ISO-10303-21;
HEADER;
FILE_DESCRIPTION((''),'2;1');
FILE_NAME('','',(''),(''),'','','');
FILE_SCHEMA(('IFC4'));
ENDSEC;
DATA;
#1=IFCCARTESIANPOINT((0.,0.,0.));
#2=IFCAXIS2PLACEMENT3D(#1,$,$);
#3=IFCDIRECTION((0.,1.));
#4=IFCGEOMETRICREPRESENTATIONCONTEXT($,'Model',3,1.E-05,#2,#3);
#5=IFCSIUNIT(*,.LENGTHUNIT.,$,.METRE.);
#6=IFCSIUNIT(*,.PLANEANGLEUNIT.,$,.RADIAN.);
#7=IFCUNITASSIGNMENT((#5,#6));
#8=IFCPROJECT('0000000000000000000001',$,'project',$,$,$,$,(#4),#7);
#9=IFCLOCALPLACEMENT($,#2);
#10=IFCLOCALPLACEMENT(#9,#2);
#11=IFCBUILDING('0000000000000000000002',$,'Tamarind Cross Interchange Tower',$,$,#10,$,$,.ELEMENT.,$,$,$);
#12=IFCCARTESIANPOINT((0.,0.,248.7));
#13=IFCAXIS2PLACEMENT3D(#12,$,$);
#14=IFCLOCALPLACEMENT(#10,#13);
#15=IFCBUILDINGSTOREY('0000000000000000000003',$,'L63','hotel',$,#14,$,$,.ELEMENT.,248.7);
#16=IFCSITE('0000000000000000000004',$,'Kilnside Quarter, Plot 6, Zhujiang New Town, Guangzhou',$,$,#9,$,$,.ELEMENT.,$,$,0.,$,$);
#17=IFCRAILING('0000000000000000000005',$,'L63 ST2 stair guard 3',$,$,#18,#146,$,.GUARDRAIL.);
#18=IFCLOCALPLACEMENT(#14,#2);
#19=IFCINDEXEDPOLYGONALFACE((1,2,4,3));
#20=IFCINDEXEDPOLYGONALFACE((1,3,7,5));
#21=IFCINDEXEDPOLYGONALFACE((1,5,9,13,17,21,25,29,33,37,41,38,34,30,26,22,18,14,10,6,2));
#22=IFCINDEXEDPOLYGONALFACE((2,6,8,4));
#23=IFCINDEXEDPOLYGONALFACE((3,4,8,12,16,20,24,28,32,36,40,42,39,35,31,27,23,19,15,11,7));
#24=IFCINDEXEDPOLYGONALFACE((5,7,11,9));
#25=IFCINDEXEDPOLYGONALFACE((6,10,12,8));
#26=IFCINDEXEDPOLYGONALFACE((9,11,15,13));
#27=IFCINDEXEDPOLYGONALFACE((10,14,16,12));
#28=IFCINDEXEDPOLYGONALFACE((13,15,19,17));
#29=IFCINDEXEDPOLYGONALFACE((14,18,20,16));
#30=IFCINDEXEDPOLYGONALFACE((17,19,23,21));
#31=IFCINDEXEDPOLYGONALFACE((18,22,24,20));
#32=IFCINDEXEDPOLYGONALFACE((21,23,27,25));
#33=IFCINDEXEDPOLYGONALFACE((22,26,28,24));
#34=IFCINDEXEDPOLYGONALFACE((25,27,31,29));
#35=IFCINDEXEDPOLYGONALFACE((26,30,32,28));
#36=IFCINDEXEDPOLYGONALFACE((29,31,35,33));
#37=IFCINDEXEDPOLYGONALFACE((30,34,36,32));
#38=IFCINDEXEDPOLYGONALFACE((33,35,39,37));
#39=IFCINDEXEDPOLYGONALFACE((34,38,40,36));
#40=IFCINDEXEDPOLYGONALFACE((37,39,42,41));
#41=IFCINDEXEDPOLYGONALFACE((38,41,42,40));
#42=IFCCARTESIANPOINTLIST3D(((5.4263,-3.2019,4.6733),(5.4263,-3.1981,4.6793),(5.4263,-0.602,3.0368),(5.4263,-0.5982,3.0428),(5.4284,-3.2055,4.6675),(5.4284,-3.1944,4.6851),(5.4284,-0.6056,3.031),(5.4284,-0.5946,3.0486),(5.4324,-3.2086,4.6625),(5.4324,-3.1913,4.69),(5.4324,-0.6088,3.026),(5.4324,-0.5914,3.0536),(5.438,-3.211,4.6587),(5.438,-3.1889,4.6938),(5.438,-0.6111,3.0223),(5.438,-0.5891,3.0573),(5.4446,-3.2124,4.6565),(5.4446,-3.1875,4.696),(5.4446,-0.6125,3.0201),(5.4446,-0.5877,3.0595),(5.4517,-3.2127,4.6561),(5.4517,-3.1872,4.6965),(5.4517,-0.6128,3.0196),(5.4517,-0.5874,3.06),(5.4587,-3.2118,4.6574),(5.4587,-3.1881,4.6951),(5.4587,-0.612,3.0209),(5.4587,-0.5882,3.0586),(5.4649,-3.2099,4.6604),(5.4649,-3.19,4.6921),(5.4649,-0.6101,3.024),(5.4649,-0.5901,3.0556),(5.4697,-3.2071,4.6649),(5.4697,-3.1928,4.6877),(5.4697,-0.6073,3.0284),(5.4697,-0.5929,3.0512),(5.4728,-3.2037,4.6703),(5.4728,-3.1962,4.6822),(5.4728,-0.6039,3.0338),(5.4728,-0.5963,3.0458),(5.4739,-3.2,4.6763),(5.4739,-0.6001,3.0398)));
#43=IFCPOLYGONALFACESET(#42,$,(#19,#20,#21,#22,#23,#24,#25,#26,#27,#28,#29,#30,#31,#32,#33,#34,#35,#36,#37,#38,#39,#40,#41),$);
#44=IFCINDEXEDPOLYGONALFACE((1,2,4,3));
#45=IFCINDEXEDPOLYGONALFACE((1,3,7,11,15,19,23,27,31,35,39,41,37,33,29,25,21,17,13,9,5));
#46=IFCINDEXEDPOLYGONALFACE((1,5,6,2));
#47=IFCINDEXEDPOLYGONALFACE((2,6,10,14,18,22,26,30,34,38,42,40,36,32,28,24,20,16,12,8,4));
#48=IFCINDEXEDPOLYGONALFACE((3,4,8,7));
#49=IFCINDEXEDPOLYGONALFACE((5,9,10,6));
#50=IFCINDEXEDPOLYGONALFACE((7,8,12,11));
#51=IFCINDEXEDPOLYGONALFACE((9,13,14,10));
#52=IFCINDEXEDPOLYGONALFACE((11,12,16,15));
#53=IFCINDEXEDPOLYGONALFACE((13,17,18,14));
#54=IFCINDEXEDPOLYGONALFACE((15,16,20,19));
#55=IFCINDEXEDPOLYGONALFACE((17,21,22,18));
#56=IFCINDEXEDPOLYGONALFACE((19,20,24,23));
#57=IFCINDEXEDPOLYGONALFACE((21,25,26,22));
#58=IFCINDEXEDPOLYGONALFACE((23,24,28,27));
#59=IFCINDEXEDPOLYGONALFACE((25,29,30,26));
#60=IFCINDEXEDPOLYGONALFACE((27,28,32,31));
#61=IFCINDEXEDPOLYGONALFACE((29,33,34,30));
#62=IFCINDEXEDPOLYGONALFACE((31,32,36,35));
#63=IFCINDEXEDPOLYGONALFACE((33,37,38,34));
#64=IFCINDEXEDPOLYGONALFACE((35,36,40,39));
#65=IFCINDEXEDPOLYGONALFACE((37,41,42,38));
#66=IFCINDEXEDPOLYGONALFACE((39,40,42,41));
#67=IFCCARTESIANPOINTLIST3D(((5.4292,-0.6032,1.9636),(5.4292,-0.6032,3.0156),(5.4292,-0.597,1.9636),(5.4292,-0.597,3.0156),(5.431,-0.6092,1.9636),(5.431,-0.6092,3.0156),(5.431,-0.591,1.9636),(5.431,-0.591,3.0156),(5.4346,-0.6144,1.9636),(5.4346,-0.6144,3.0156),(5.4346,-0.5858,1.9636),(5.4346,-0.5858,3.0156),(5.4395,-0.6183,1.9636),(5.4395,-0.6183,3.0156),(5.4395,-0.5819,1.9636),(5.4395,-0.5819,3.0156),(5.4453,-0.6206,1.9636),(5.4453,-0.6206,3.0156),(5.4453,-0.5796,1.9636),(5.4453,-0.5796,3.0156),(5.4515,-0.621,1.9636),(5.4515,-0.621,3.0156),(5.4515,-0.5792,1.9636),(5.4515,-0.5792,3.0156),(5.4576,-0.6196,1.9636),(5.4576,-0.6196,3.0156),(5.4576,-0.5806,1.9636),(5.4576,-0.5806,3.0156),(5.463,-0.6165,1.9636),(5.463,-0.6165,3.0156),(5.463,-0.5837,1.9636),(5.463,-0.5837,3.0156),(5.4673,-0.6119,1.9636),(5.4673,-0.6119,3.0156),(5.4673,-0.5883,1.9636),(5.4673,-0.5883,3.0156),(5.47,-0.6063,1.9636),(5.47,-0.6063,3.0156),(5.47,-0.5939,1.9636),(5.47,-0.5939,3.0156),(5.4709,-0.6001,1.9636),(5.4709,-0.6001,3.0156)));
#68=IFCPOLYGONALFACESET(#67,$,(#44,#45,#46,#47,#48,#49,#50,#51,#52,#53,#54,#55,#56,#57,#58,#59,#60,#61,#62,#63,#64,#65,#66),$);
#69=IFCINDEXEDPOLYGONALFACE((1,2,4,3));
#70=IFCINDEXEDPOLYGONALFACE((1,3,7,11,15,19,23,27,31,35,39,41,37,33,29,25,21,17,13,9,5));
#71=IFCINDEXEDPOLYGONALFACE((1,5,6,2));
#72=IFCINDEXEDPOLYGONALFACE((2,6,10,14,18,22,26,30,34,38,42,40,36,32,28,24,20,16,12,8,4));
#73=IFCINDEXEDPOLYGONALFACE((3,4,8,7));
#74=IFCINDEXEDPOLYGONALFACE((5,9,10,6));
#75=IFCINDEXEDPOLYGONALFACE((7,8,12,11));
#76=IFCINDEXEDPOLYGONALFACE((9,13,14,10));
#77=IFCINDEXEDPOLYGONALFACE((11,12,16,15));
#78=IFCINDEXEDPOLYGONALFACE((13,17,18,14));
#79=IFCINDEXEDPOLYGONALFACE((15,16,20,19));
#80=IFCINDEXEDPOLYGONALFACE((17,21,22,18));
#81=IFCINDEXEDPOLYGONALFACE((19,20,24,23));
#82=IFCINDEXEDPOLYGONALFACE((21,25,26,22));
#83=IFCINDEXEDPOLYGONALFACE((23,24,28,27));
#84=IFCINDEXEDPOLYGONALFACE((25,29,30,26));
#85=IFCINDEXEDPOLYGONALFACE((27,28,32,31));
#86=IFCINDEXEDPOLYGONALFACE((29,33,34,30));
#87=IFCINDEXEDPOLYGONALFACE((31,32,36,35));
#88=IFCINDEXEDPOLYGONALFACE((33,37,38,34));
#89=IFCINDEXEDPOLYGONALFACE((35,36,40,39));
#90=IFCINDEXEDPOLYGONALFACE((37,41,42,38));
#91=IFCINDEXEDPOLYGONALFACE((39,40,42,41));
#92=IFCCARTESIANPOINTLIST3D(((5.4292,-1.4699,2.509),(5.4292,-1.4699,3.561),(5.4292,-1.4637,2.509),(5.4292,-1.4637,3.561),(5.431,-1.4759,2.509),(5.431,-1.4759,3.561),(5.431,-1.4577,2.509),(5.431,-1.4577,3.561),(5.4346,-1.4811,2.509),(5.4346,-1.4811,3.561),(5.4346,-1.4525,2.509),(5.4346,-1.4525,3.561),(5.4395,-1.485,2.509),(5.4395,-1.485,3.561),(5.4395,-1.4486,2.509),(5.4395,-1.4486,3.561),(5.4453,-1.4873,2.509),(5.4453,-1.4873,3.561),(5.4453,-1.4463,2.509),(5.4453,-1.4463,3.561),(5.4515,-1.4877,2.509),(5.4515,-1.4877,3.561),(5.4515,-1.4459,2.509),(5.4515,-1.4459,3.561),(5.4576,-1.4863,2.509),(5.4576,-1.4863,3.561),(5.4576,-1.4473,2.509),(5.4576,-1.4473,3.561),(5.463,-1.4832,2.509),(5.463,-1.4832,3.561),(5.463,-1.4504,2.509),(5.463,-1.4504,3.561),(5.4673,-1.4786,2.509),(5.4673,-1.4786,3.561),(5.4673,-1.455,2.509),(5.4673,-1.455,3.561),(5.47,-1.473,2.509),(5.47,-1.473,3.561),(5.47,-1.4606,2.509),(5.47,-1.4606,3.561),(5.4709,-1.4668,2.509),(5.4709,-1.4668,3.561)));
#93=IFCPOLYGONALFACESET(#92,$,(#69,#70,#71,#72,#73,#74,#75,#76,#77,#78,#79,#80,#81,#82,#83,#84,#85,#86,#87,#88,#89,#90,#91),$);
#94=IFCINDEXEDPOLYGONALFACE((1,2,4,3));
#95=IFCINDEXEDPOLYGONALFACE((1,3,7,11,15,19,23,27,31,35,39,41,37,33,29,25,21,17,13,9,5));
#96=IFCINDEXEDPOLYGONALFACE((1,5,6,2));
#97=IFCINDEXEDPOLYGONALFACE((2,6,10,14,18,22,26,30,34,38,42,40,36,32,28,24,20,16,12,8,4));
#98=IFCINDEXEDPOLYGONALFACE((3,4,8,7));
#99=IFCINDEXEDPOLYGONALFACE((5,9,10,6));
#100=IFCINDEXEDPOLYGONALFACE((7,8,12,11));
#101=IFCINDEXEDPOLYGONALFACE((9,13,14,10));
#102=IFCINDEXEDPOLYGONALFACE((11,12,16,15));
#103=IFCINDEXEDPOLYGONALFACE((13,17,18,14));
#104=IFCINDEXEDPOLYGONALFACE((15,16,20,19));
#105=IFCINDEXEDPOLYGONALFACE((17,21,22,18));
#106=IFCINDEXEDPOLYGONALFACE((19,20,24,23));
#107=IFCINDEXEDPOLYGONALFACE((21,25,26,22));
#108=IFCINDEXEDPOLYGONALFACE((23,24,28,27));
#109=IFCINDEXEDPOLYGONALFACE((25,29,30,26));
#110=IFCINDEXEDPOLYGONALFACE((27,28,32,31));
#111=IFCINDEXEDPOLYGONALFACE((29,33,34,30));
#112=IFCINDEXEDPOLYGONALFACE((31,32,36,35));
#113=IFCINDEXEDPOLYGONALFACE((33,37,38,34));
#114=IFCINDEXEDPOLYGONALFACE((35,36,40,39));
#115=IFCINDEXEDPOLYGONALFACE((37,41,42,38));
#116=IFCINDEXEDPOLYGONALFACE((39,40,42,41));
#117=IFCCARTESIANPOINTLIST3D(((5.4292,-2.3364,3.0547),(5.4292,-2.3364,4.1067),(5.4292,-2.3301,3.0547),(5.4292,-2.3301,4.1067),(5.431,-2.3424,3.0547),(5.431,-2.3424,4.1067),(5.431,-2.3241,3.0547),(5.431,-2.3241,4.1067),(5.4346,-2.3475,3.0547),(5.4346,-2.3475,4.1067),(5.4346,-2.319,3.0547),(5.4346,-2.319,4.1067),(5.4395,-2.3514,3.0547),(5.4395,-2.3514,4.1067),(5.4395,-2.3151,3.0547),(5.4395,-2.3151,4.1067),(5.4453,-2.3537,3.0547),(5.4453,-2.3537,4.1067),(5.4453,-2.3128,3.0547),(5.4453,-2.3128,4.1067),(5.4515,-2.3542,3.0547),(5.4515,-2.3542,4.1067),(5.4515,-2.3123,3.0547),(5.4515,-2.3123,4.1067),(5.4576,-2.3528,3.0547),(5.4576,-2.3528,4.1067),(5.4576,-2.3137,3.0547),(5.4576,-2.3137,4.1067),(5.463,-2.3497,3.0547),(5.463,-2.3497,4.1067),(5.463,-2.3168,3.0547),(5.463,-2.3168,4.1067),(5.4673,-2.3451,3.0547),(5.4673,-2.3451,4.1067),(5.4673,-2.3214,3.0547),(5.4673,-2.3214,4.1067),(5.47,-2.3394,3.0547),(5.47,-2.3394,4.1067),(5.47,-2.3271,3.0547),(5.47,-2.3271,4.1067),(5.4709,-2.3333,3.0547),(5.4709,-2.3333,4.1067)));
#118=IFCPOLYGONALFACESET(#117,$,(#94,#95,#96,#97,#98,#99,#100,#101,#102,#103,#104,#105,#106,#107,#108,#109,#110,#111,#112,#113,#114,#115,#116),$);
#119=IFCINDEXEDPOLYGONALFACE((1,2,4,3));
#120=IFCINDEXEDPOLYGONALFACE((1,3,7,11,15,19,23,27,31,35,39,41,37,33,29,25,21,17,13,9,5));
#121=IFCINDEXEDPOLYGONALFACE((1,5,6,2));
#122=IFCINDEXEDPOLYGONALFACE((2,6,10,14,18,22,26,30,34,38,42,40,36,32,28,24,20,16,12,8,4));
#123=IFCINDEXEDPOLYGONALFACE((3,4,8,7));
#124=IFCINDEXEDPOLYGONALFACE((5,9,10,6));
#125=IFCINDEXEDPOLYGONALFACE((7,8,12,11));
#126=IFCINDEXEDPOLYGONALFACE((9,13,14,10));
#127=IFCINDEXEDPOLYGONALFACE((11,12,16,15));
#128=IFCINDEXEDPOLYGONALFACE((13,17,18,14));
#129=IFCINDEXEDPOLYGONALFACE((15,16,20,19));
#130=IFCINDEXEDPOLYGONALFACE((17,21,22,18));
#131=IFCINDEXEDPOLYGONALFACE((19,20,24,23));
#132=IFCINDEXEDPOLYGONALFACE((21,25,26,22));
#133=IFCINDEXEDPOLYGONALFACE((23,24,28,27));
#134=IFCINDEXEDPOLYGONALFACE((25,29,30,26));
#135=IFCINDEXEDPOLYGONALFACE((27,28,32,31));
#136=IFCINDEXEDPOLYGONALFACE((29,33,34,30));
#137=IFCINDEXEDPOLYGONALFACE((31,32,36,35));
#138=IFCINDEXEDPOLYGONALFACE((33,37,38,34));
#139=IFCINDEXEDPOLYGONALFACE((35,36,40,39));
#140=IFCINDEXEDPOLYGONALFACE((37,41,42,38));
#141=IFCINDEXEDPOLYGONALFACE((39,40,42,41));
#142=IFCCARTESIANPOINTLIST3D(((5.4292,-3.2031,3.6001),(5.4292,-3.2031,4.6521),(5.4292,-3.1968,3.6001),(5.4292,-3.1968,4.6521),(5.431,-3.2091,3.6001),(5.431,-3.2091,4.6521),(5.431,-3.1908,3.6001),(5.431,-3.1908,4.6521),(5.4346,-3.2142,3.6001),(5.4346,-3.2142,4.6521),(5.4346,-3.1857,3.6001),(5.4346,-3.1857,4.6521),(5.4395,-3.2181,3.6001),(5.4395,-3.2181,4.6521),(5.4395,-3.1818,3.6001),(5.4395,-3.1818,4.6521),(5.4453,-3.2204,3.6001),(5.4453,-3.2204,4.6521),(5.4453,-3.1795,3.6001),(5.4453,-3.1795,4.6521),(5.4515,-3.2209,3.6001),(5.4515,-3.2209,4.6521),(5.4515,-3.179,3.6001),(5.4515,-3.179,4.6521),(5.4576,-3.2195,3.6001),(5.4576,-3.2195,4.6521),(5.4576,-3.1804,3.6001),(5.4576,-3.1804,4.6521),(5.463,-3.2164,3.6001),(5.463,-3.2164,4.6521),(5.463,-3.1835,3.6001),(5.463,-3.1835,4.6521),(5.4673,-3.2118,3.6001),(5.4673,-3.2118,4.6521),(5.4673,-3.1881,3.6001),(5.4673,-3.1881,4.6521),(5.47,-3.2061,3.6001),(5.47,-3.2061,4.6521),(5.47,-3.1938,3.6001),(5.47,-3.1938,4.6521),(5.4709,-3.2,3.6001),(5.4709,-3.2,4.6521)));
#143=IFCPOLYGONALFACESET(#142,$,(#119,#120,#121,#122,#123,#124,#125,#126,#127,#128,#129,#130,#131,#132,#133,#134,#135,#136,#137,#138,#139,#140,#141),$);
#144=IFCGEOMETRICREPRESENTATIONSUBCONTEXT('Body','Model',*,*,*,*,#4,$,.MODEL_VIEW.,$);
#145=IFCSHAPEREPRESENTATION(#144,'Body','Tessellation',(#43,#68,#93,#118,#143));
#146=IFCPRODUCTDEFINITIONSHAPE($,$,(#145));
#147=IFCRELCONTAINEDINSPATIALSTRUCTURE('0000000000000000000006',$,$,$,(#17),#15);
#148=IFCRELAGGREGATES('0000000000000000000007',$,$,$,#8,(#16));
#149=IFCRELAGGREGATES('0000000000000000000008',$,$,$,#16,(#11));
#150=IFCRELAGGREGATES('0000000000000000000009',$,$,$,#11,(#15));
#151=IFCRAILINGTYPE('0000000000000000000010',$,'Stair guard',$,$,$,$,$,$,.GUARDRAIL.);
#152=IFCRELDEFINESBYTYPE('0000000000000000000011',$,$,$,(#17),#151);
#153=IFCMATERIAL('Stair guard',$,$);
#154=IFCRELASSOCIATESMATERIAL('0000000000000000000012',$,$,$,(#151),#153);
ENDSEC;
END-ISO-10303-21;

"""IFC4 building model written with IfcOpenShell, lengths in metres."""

from ifc_helpers import new_model, si_unit, direction, frame, origin, origin_2d, place, context, subcontext, project, spatial, circle, extrude, material, type_object, element, save


model = new_model("IFC4")

# Units and contexts
model_context = context("Model", 3, precision=1e-05, world=origin(), true_north=direction((0.0, 1.0)))
body_context = subcontext(model_context, "Body", "Model", "MODEL_VIEW")
ifc_project = project(units=[si_unit("LENGTHUNIT", "METRE"), si_unit("PLANEANGLEUNIT", "RADIAN")], contexts=[model_context])

# Site, building, storey
site_placement = place(None, origin())
site = spatial("IfcSite", under=ifc_project, at=site_placement, Name="Kilnside Quarter, Plot 6, Zhujiang New Town, Guangzhou", CompositionType="ELEMENT", RefElevation=0.0)
building_placement = place(site_placement, origin())
building = spatial("IfcBuilding", under=site, at=building_placement, Name="Tamarind Cross Interchange Tower", CompositionType="ELEMENT")
storey_placement = place(building_placement, frame((0.0, 0.0, 248.7)))
storey = spatial("IfcBuildingStorey", under=building, at=storey_placement, Name="L63", Description="hotel", CompositionType="ELEMENT", Elevation=248.7)

# Railing
ifc_material_1 = material(Name="Stair guard")
railing_type_1 = type_object("IfcRailingType", Name="Stair guard", PredefinedType="GUARDRAIL", material=ifc_material_1)
railing_1_placement = place(storey_placement, frame((5.45, -0.6001, 1.9636)))
element("IfcRailing", 1, at=railing_1_placement, inside=storey, type_object=railing_type_1, Name="L63 ST2 stair guard 3", PredefinedType="GUARDRAIL", context=body_context, shape_type="SweptSolid", body=[
    extrude(circle(Radius=0.0239, at=origin_2d()), frame((0.0, 0.0, 1.0762), z_axis=(0.0, -0.846302, 0.532704), x_axis=(1.0, 0.0, 0.0)), (0.0, 0.0, 1.0), 3.072),
    extrude(circle(Radius=0.021, at=origin_2d()), origin(), (0.0, 0.0, 1.0), 1.052),
    extrude(circle(Radius=0.021, at=origin_2d()), frame((0.0, -0.8667, 0.5454)), (0.0, 0.0, 1.0), 1.052),
    extrude(circle(Radius=0.021, at=origin_2d()), frame((0.0, -1.7332, 1.0911)), (0.0, 0.0, 1.0), 1.052),
    extrude(circle(Radius=0.021, at=origin_2d()), frame((0.0, -2.5999, 1.6365)), (0.0, 0.0, 1.0), 1.052),
])

save(model, "model.ifc")
